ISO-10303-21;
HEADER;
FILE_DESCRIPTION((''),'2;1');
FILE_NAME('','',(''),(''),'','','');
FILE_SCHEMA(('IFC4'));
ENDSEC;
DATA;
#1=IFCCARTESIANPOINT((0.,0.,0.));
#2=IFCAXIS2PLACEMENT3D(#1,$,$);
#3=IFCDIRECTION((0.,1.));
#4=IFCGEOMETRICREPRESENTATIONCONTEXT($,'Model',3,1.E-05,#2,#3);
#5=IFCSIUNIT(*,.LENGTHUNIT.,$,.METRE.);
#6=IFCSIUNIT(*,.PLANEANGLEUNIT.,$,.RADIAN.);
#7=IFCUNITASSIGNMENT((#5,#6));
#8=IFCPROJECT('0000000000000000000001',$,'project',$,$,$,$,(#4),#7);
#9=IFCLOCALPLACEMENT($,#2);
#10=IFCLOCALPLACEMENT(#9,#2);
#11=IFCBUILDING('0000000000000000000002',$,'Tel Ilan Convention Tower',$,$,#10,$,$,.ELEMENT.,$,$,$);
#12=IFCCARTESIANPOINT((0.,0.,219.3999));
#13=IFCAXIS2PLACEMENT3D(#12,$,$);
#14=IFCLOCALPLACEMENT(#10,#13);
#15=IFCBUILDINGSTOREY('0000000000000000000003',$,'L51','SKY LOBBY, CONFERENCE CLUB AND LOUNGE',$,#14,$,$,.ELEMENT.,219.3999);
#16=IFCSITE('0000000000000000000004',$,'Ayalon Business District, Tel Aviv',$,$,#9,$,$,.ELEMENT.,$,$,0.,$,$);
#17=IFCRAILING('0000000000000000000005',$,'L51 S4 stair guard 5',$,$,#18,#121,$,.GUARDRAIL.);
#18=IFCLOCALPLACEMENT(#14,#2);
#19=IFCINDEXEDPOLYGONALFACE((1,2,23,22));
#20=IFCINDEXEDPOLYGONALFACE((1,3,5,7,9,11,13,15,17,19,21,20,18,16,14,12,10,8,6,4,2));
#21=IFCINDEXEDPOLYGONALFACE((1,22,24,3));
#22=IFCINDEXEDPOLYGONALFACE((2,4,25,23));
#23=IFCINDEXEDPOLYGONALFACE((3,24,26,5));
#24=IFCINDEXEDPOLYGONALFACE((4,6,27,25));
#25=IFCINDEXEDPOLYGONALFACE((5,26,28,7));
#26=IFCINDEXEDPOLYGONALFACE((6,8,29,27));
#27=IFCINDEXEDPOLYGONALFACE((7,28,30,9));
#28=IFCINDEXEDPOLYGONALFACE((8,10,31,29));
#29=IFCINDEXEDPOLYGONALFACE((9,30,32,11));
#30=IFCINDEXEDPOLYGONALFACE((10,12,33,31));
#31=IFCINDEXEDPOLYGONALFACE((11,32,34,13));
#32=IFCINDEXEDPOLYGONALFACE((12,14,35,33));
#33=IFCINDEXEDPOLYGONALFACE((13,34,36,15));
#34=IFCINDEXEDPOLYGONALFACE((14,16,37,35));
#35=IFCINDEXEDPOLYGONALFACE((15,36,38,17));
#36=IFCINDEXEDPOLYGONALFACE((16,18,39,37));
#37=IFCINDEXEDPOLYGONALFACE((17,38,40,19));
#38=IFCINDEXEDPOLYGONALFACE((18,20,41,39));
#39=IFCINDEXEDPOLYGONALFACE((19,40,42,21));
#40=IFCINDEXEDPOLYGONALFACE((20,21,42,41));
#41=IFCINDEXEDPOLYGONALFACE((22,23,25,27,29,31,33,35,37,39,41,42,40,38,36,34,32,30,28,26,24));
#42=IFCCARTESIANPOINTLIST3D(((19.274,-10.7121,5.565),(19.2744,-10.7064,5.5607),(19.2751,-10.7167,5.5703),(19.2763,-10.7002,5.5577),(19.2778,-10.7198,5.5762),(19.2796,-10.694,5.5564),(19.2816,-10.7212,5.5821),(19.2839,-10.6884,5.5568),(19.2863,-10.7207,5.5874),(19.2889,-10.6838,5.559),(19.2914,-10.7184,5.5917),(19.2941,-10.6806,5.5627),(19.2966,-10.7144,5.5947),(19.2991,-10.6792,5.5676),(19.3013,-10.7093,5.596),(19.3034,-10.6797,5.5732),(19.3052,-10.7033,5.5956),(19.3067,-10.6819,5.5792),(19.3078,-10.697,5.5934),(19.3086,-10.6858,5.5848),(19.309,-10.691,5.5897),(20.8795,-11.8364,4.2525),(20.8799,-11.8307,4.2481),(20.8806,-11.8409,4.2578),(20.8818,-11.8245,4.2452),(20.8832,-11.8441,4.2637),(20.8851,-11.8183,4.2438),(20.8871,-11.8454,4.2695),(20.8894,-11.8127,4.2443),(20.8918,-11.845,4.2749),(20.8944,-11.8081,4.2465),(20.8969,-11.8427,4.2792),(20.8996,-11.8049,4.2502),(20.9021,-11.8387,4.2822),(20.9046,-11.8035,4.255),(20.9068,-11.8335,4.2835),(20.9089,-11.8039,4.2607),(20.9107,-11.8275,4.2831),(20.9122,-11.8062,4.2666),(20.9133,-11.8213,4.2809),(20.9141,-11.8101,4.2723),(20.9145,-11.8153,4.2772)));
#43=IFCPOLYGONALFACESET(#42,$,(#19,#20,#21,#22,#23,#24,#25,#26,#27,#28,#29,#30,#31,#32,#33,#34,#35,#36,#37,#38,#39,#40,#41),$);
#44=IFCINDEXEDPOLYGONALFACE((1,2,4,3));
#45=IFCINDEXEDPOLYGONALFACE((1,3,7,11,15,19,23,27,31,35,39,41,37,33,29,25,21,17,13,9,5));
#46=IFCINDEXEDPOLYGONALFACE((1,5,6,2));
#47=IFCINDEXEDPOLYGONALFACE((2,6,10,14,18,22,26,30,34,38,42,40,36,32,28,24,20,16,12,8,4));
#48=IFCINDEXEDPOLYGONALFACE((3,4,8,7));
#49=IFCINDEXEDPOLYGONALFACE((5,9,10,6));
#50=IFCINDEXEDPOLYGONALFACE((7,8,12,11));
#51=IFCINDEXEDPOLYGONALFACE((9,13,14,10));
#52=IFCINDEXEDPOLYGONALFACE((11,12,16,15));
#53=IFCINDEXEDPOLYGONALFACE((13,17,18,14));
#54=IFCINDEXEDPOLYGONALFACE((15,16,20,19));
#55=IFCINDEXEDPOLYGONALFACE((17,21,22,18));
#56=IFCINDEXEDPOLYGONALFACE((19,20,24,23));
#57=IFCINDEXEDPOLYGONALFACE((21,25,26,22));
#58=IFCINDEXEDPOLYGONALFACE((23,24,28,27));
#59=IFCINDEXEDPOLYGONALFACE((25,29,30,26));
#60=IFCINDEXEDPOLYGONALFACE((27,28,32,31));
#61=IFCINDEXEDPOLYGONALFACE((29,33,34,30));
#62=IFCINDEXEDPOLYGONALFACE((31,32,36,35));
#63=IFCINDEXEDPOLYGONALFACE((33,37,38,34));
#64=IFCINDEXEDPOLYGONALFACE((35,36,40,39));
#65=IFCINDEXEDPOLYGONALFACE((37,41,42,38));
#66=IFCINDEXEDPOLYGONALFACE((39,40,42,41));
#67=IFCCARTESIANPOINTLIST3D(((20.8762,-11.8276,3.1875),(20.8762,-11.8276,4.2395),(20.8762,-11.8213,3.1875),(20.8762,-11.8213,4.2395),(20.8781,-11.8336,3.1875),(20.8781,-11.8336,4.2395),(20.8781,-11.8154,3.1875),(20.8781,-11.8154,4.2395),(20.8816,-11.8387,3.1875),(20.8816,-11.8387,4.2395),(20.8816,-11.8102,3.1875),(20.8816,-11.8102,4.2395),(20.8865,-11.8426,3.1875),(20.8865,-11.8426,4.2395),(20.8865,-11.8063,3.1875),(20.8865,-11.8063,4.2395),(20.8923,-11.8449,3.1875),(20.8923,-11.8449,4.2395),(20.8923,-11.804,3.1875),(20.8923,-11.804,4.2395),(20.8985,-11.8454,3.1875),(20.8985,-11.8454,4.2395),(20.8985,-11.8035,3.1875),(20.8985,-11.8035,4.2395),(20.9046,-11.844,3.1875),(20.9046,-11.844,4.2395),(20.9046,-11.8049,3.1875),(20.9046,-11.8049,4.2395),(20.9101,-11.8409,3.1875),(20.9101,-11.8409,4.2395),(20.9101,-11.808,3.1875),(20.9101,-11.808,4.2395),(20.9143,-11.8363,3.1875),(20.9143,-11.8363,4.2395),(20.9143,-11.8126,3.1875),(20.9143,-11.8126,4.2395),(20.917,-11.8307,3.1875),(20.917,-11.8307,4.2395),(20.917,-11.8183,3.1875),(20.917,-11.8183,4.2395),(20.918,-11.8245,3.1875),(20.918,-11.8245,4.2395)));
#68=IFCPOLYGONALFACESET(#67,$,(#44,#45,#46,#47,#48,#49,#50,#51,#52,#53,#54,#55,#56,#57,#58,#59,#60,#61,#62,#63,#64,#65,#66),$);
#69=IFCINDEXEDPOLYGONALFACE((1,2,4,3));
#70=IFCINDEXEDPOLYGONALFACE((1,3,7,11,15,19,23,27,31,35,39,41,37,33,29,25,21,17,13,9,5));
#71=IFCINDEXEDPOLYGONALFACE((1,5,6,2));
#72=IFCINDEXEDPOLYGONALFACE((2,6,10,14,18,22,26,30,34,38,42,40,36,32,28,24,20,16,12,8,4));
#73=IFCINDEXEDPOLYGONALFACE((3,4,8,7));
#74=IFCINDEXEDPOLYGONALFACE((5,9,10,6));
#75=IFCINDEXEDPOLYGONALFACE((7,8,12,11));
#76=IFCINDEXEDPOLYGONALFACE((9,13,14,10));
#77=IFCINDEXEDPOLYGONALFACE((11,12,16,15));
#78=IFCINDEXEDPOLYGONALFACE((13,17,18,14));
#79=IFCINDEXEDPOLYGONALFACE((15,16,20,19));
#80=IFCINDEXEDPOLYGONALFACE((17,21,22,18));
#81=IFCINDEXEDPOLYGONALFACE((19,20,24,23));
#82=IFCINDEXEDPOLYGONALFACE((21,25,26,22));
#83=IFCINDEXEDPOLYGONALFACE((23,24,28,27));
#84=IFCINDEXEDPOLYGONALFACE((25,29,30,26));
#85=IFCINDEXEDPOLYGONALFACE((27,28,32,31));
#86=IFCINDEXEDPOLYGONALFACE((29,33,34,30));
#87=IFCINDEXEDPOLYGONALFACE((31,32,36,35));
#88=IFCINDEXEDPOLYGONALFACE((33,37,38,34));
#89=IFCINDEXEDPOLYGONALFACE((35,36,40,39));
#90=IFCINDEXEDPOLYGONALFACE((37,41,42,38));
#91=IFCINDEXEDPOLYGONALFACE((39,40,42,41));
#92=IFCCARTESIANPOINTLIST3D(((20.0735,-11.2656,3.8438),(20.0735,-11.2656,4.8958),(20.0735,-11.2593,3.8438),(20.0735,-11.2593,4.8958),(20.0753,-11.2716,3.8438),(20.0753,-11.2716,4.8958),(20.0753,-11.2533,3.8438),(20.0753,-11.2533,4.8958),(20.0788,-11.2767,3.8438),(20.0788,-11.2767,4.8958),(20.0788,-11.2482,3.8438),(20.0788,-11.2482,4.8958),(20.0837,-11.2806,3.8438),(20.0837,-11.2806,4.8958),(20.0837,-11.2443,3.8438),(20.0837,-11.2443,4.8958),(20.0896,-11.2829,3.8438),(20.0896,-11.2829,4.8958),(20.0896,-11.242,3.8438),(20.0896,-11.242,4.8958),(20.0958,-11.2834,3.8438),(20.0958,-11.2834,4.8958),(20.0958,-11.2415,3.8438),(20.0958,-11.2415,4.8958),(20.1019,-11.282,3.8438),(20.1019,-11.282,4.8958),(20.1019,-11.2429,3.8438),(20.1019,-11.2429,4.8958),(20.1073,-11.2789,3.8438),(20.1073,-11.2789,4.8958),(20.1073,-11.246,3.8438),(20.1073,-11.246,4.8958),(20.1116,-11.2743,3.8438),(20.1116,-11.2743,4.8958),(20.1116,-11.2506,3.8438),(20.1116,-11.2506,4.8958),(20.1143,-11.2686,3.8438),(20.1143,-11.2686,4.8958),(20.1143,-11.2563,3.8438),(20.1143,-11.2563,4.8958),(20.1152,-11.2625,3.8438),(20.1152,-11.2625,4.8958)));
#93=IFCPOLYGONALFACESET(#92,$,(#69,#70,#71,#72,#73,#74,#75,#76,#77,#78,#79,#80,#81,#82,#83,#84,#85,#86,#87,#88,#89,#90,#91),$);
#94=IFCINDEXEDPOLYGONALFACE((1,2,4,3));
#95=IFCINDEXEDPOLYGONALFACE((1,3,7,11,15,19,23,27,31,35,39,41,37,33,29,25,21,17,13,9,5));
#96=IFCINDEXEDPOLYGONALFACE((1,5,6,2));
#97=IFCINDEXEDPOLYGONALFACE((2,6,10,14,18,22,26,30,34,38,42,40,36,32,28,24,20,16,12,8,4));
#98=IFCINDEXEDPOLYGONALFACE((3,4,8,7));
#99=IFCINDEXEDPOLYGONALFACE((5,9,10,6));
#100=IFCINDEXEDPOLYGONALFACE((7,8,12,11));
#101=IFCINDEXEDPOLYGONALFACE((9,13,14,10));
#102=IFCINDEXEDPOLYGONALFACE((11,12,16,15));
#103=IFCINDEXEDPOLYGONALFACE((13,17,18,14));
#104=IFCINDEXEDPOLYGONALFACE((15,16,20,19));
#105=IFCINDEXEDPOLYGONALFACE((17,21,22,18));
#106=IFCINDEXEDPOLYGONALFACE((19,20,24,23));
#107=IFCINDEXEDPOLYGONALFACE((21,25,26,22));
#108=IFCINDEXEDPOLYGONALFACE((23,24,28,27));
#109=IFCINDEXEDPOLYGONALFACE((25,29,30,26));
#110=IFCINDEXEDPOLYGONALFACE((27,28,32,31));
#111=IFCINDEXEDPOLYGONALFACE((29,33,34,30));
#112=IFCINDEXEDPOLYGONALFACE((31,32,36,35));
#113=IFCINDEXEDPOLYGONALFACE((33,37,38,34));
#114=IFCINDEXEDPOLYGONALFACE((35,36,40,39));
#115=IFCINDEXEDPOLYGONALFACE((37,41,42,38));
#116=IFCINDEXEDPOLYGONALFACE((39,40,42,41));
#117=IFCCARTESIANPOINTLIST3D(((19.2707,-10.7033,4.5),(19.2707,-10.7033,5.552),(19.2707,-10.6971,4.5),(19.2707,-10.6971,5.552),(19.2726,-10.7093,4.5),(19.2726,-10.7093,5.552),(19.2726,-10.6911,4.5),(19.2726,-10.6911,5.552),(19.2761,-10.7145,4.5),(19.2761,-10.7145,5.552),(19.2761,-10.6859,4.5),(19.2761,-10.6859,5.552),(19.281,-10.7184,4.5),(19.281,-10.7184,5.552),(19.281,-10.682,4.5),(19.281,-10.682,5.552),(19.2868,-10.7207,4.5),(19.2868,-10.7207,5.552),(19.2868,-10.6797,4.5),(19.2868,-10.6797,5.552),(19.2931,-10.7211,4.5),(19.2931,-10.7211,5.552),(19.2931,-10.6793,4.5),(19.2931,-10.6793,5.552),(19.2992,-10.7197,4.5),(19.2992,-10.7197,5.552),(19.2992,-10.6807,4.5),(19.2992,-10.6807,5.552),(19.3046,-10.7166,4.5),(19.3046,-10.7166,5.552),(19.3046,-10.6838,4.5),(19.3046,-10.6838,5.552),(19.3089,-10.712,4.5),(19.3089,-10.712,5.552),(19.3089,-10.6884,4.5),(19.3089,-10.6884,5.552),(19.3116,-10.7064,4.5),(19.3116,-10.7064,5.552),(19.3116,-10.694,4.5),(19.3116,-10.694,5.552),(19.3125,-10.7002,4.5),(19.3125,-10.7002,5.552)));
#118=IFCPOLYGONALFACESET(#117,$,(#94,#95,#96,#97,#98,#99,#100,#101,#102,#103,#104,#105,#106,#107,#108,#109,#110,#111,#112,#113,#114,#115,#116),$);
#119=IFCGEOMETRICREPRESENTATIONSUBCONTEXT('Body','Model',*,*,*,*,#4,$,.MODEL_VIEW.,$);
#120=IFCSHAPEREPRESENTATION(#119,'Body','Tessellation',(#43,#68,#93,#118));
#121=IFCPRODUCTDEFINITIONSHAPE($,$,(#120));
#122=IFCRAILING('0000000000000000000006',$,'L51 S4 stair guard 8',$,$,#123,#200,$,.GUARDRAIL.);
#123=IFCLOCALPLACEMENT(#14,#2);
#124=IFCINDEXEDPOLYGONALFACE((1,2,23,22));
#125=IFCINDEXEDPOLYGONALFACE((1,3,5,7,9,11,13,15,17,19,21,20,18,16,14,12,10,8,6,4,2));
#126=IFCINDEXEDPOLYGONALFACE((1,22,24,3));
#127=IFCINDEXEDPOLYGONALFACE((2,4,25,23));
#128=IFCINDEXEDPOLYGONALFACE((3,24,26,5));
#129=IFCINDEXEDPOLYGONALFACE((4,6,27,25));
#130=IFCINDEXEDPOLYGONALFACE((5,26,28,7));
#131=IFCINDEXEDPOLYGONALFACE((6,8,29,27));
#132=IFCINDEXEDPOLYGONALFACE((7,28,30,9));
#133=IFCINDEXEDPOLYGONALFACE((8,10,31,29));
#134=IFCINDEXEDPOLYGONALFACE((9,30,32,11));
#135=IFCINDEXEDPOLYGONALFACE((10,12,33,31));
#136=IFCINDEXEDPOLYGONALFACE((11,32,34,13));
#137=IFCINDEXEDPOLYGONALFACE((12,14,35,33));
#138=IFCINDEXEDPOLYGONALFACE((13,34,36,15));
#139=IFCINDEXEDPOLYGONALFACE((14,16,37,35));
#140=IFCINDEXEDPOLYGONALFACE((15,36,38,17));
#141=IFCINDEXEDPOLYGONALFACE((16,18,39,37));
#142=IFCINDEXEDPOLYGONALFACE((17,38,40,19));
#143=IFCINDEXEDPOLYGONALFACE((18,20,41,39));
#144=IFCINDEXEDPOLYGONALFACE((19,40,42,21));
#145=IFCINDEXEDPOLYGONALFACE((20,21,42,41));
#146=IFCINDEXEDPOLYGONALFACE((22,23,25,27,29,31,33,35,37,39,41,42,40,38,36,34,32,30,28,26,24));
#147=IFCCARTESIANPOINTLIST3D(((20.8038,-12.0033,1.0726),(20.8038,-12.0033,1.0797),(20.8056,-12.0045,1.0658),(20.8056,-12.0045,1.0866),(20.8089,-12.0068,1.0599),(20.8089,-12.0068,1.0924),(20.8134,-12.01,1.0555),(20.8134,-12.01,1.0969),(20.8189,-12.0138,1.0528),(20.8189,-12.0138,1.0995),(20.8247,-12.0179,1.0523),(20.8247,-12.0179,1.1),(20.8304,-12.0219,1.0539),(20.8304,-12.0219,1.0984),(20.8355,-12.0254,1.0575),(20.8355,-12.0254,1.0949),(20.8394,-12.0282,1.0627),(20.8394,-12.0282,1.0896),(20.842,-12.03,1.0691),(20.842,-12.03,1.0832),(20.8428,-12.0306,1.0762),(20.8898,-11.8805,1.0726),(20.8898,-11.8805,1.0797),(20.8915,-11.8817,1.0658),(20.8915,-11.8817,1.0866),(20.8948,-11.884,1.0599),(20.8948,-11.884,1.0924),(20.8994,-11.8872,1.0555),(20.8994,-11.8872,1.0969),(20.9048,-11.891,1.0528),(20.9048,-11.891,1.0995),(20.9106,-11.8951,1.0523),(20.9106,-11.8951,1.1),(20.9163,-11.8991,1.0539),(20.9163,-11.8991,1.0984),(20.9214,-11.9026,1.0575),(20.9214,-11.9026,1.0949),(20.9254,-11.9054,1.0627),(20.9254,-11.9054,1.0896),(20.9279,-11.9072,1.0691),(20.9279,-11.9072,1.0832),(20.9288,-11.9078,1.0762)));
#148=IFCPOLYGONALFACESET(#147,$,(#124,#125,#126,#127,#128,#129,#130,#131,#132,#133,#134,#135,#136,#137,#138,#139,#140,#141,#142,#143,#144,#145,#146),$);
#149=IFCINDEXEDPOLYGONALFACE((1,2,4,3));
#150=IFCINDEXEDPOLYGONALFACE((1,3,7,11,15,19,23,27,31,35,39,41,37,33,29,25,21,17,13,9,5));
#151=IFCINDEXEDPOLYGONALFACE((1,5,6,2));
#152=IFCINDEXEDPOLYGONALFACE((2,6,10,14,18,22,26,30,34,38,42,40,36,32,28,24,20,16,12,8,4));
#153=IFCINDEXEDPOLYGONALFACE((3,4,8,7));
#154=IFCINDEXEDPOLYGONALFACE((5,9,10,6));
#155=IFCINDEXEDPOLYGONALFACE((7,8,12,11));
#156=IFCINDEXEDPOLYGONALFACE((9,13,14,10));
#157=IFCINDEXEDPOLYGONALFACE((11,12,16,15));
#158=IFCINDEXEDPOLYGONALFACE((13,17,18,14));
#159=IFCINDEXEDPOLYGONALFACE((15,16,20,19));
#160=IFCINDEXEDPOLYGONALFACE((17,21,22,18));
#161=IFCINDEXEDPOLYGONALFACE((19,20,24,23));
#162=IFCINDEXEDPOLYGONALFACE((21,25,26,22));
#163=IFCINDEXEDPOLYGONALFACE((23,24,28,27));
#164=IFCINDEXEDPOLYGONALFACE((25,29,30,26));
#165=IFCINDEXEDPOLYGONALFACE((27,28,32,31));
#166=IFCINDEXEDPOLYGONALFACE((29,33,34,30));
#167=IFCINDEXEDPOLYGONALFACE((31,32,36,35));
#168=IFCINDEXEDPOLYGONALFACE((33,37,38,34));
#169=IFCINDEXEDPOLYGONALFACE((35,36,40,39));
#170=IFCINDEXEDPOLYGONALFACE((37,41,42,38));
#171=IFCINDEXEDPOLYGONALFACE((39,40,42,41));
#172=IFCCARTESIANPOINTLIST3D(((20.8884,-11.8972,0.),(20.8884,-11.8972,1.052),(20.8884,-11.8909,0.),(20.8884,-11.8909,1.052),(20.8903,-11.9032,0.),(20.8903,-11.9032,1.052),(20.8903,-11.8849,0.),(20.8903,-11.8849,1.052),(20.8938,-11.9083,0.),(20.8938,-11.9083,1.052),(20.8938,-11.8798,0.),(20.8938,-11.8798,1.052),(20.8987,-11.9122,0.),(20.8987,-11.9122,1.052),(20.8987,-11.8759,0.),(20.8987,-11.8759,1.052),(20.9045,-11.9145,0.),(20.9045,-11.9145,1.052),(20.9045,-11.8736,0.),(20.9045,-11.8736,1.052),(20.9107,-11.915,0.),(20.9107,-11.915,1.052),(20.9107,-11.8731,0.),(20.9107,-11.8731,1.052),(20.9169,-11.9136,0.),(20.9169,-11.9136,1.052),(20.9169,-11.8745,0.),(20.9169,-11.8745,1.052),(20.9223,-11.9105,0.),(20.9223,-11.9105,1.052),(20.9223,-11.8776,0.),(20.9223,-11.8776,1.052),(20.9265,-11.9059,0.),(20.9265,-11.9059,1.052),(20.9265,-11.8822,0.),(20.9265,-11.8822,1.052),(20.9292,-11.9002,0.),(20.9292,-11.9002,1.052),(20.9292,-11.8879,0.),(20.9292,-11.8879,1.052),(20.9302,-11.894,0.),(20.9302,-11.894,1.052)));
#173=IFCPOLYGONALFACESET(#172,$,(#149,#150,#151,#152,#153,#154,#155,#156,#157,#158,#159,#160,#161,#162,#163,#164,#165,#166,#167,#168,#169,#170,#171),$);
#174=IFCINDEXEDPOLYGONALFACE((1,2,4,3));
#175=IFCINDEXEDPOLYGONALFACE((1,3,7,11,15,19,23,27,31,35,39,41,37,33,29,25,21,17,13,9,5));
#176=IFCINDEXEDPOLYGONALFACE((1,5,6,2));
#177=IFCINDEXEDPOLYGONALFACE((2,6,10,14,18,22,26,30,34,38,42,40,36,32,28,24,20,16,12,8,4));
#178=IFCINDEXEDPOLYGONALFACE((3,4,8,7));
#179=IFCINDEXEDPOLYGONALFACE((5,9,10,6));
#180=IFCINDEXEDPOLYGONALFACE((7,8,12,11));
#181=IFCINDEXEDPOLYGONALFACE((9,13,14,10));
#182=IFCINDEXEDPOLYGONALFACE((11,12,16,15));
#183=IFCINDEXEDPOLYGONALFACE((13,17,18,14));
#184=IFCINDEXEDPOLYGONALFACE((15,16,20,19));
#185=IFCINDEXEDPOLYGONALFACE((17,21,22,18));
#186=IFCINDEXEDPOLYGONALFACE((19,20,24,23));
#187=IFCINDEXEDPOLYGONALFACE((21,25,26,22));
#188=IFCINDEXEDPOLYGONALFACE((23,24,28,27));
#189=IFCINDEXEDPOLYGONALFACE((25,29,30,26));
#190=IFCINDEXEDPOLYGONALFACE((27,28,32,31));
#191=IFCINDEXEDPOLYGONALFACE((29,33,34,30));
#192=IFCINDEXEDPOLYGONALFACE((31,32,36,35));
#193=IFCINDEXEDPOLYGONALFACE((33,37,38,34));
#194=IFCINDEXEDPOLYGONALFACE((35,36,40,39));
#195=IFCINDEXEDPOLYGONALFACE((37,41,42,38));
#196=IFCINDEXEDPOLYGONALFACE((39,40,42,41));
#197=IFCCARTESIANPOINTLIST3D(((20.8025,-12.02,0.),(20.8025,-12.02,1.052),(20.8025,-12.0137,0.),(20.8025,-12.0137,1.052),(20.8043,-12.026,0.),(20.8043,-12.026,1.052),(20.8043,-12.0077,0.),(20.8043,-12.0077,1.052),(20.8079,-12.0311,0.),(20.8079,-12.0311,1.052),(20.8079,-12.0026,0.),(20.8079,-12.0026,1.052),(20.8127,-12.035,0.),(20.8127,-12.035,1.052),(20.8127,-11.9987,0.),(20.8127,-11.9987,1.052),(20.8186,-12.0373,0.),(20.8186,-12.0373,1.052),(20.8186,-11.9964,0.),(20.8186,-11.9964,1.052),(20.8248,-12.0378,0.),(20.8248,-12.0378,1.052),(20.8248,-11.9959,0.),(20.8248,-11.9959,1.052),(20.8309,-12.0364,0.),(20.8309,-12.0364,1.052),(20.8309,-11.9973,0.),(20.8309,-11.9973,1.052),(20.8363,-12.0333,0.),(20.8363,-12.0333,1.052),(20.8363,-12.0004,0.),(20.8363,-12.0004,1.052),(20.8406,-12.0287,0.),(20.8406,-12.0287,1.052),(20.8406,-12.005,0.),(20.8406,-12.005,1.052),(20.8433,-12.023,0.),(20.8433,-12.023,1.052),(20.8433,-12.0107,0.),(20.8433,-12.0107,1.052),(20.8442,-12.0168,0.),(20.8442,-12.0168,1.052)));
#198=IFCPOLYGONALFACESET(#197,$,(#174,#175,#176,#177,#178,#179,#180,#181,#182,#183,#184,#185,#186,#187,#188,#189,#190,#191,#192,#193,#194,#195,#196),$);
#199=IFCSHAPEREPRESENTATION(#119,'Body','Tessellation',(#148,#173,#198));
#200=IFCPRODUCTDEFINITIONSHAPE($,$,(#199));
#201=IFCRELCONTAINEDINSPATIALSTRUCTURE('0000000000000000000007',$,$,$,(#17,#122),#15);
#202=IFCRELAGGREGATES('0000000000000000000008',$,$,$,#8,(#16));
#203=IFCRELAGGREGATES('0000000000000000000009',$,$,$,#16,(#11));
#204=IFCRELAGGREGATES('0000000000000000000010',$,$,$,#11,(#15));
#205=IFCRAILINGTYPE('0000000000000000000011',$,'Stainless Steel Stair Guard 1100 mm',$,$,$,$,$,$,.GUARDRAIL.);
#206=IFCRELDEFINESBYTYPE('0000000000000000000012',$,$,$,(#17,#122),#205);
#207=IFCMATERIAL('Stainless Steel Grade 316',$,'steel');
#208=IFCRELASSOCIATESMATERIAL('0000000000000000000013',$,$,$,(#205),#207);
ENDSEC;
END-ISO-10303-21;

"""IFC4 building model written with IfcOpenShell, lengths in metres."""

from ifc_helpers import new_model, si_unit, direction, frame, origin, origin_2d, place, context, subcontext, project, spatial, circle, extrude, material, type_object, element, save


model = new_model("IFC4")

# Units and contexts
model_context = context("Model", 3, precision=1e-05, world=origin(), true_north=direction((0.0, 1.0)))
body_context = subcontext(model_context, "Body", "Model", "MODEL_VIEW")
ifc_project = project(units=[si_unit("LENGTHUNIT", "METRE"), si_unit("PLANEANGLEUNIT", "RADIAN")], contexts=[model_context])

# Site, building, storey
site_placement = place(None, origin())
site = spatial("IfcSite", under=ifc_project, at=site_placement, Name="Ayalon Business District, Tel Aviv", CompositionType="ELEMENT", RefElevation=0.0)
building_placement = place(site_placement, origin())
building = spatial("IfcBuilding", under=site, at=building_placement, Name="Tel Ilan Convention Tower", CompositionType="ELEMENT")
storey_placement = place(building_placement, frame((0.0, 0.0, 219.3999)))
storey = spatial("IfcBuildingStorey", under=building, at=storey_placement, Name="L51", Description="SKY LOBBY, CONFERENCE CLUB AND LOUNGE", CompositionType="ELEMENT", Elevation=219.3999)

# Railings
ifc_material_1 = material(Name="Stainless Steel Grade 316", Category="steel")
railing_type_1 = type_object("IfcRailingType", Name="Stainless Steel Stair Guard 1100 mm", PredefinedType="GUARDRAIL", material=ifc_material_1)
railing_1_placement = place(storey_placement, frame((20.897, -11.8245, 3.1875)))
element("IfcRailing", 1, at=railing_1_placement, inside=storey, type_object=railing_type_1, Name="L51 S4 stair guard 5", PredefinedType="GUARDRAIL", context=body_context, shape_type="SweptSolid", body=[
    extrude(circle(Radius=0.0239, at=origin_2d()), frame((0.0, 0.0, 1.0762), z_axis=(-0.680616, 0.476617, 0.556416), x_axis=(-0.573613, -0.819127, 0.0)), (0.0, 0.0, 1.0), 2.3589),
    extrude(circle(Radius=0.021, at=origin_2d()), origin(), (0.0, 0.0, 1.0), 1.052),
    extrude(circle(Radius=0.021, at=origin_2d()), frame((-0.8027, 0.562, 0.6562)), (0.0, 0.0, 1.0), 1.052),
    extrude(circle(Radius=0.021, at=origin_2d()), frame((-1.6055, 1.1243, 1.3125)), (0.0, 0.0, 1.0), 1.052),
])
railing_2_placement = place(storey_placement, frame((20.9092, -11.894, 0.0)))
element("IfcRailing", 2, at=railing_2_placement, inside=storey, type_object=railing_type_1, Name="L51 S4 stair guard 8", PredefinedType="GUARDRAIL", context=body_context, shape_type="SweptSolid", body=[
    extrude(circle(Radius=0.0239, at=origin_2d()), frame((0.0, 0.0, 1.0762), z_axis=(-0.573353, -0.819308, 0.0), x_axis=(0.819308, -0.573353, 0.0)), (0.0, 0.0, 1.0), 0.1499),
    extrude(circle(Radius=0.021, at=origin_2d()), origin(), (0.0, 0.0, 1.0), 1.052),
    extrude(circle(Radius=0.021, at=origin_2d()), frame((-0.0859, -0.1228, 0.0)), (0.0, 0.0, 1.0), 1.052),
])

save(model, "model.ifc")
